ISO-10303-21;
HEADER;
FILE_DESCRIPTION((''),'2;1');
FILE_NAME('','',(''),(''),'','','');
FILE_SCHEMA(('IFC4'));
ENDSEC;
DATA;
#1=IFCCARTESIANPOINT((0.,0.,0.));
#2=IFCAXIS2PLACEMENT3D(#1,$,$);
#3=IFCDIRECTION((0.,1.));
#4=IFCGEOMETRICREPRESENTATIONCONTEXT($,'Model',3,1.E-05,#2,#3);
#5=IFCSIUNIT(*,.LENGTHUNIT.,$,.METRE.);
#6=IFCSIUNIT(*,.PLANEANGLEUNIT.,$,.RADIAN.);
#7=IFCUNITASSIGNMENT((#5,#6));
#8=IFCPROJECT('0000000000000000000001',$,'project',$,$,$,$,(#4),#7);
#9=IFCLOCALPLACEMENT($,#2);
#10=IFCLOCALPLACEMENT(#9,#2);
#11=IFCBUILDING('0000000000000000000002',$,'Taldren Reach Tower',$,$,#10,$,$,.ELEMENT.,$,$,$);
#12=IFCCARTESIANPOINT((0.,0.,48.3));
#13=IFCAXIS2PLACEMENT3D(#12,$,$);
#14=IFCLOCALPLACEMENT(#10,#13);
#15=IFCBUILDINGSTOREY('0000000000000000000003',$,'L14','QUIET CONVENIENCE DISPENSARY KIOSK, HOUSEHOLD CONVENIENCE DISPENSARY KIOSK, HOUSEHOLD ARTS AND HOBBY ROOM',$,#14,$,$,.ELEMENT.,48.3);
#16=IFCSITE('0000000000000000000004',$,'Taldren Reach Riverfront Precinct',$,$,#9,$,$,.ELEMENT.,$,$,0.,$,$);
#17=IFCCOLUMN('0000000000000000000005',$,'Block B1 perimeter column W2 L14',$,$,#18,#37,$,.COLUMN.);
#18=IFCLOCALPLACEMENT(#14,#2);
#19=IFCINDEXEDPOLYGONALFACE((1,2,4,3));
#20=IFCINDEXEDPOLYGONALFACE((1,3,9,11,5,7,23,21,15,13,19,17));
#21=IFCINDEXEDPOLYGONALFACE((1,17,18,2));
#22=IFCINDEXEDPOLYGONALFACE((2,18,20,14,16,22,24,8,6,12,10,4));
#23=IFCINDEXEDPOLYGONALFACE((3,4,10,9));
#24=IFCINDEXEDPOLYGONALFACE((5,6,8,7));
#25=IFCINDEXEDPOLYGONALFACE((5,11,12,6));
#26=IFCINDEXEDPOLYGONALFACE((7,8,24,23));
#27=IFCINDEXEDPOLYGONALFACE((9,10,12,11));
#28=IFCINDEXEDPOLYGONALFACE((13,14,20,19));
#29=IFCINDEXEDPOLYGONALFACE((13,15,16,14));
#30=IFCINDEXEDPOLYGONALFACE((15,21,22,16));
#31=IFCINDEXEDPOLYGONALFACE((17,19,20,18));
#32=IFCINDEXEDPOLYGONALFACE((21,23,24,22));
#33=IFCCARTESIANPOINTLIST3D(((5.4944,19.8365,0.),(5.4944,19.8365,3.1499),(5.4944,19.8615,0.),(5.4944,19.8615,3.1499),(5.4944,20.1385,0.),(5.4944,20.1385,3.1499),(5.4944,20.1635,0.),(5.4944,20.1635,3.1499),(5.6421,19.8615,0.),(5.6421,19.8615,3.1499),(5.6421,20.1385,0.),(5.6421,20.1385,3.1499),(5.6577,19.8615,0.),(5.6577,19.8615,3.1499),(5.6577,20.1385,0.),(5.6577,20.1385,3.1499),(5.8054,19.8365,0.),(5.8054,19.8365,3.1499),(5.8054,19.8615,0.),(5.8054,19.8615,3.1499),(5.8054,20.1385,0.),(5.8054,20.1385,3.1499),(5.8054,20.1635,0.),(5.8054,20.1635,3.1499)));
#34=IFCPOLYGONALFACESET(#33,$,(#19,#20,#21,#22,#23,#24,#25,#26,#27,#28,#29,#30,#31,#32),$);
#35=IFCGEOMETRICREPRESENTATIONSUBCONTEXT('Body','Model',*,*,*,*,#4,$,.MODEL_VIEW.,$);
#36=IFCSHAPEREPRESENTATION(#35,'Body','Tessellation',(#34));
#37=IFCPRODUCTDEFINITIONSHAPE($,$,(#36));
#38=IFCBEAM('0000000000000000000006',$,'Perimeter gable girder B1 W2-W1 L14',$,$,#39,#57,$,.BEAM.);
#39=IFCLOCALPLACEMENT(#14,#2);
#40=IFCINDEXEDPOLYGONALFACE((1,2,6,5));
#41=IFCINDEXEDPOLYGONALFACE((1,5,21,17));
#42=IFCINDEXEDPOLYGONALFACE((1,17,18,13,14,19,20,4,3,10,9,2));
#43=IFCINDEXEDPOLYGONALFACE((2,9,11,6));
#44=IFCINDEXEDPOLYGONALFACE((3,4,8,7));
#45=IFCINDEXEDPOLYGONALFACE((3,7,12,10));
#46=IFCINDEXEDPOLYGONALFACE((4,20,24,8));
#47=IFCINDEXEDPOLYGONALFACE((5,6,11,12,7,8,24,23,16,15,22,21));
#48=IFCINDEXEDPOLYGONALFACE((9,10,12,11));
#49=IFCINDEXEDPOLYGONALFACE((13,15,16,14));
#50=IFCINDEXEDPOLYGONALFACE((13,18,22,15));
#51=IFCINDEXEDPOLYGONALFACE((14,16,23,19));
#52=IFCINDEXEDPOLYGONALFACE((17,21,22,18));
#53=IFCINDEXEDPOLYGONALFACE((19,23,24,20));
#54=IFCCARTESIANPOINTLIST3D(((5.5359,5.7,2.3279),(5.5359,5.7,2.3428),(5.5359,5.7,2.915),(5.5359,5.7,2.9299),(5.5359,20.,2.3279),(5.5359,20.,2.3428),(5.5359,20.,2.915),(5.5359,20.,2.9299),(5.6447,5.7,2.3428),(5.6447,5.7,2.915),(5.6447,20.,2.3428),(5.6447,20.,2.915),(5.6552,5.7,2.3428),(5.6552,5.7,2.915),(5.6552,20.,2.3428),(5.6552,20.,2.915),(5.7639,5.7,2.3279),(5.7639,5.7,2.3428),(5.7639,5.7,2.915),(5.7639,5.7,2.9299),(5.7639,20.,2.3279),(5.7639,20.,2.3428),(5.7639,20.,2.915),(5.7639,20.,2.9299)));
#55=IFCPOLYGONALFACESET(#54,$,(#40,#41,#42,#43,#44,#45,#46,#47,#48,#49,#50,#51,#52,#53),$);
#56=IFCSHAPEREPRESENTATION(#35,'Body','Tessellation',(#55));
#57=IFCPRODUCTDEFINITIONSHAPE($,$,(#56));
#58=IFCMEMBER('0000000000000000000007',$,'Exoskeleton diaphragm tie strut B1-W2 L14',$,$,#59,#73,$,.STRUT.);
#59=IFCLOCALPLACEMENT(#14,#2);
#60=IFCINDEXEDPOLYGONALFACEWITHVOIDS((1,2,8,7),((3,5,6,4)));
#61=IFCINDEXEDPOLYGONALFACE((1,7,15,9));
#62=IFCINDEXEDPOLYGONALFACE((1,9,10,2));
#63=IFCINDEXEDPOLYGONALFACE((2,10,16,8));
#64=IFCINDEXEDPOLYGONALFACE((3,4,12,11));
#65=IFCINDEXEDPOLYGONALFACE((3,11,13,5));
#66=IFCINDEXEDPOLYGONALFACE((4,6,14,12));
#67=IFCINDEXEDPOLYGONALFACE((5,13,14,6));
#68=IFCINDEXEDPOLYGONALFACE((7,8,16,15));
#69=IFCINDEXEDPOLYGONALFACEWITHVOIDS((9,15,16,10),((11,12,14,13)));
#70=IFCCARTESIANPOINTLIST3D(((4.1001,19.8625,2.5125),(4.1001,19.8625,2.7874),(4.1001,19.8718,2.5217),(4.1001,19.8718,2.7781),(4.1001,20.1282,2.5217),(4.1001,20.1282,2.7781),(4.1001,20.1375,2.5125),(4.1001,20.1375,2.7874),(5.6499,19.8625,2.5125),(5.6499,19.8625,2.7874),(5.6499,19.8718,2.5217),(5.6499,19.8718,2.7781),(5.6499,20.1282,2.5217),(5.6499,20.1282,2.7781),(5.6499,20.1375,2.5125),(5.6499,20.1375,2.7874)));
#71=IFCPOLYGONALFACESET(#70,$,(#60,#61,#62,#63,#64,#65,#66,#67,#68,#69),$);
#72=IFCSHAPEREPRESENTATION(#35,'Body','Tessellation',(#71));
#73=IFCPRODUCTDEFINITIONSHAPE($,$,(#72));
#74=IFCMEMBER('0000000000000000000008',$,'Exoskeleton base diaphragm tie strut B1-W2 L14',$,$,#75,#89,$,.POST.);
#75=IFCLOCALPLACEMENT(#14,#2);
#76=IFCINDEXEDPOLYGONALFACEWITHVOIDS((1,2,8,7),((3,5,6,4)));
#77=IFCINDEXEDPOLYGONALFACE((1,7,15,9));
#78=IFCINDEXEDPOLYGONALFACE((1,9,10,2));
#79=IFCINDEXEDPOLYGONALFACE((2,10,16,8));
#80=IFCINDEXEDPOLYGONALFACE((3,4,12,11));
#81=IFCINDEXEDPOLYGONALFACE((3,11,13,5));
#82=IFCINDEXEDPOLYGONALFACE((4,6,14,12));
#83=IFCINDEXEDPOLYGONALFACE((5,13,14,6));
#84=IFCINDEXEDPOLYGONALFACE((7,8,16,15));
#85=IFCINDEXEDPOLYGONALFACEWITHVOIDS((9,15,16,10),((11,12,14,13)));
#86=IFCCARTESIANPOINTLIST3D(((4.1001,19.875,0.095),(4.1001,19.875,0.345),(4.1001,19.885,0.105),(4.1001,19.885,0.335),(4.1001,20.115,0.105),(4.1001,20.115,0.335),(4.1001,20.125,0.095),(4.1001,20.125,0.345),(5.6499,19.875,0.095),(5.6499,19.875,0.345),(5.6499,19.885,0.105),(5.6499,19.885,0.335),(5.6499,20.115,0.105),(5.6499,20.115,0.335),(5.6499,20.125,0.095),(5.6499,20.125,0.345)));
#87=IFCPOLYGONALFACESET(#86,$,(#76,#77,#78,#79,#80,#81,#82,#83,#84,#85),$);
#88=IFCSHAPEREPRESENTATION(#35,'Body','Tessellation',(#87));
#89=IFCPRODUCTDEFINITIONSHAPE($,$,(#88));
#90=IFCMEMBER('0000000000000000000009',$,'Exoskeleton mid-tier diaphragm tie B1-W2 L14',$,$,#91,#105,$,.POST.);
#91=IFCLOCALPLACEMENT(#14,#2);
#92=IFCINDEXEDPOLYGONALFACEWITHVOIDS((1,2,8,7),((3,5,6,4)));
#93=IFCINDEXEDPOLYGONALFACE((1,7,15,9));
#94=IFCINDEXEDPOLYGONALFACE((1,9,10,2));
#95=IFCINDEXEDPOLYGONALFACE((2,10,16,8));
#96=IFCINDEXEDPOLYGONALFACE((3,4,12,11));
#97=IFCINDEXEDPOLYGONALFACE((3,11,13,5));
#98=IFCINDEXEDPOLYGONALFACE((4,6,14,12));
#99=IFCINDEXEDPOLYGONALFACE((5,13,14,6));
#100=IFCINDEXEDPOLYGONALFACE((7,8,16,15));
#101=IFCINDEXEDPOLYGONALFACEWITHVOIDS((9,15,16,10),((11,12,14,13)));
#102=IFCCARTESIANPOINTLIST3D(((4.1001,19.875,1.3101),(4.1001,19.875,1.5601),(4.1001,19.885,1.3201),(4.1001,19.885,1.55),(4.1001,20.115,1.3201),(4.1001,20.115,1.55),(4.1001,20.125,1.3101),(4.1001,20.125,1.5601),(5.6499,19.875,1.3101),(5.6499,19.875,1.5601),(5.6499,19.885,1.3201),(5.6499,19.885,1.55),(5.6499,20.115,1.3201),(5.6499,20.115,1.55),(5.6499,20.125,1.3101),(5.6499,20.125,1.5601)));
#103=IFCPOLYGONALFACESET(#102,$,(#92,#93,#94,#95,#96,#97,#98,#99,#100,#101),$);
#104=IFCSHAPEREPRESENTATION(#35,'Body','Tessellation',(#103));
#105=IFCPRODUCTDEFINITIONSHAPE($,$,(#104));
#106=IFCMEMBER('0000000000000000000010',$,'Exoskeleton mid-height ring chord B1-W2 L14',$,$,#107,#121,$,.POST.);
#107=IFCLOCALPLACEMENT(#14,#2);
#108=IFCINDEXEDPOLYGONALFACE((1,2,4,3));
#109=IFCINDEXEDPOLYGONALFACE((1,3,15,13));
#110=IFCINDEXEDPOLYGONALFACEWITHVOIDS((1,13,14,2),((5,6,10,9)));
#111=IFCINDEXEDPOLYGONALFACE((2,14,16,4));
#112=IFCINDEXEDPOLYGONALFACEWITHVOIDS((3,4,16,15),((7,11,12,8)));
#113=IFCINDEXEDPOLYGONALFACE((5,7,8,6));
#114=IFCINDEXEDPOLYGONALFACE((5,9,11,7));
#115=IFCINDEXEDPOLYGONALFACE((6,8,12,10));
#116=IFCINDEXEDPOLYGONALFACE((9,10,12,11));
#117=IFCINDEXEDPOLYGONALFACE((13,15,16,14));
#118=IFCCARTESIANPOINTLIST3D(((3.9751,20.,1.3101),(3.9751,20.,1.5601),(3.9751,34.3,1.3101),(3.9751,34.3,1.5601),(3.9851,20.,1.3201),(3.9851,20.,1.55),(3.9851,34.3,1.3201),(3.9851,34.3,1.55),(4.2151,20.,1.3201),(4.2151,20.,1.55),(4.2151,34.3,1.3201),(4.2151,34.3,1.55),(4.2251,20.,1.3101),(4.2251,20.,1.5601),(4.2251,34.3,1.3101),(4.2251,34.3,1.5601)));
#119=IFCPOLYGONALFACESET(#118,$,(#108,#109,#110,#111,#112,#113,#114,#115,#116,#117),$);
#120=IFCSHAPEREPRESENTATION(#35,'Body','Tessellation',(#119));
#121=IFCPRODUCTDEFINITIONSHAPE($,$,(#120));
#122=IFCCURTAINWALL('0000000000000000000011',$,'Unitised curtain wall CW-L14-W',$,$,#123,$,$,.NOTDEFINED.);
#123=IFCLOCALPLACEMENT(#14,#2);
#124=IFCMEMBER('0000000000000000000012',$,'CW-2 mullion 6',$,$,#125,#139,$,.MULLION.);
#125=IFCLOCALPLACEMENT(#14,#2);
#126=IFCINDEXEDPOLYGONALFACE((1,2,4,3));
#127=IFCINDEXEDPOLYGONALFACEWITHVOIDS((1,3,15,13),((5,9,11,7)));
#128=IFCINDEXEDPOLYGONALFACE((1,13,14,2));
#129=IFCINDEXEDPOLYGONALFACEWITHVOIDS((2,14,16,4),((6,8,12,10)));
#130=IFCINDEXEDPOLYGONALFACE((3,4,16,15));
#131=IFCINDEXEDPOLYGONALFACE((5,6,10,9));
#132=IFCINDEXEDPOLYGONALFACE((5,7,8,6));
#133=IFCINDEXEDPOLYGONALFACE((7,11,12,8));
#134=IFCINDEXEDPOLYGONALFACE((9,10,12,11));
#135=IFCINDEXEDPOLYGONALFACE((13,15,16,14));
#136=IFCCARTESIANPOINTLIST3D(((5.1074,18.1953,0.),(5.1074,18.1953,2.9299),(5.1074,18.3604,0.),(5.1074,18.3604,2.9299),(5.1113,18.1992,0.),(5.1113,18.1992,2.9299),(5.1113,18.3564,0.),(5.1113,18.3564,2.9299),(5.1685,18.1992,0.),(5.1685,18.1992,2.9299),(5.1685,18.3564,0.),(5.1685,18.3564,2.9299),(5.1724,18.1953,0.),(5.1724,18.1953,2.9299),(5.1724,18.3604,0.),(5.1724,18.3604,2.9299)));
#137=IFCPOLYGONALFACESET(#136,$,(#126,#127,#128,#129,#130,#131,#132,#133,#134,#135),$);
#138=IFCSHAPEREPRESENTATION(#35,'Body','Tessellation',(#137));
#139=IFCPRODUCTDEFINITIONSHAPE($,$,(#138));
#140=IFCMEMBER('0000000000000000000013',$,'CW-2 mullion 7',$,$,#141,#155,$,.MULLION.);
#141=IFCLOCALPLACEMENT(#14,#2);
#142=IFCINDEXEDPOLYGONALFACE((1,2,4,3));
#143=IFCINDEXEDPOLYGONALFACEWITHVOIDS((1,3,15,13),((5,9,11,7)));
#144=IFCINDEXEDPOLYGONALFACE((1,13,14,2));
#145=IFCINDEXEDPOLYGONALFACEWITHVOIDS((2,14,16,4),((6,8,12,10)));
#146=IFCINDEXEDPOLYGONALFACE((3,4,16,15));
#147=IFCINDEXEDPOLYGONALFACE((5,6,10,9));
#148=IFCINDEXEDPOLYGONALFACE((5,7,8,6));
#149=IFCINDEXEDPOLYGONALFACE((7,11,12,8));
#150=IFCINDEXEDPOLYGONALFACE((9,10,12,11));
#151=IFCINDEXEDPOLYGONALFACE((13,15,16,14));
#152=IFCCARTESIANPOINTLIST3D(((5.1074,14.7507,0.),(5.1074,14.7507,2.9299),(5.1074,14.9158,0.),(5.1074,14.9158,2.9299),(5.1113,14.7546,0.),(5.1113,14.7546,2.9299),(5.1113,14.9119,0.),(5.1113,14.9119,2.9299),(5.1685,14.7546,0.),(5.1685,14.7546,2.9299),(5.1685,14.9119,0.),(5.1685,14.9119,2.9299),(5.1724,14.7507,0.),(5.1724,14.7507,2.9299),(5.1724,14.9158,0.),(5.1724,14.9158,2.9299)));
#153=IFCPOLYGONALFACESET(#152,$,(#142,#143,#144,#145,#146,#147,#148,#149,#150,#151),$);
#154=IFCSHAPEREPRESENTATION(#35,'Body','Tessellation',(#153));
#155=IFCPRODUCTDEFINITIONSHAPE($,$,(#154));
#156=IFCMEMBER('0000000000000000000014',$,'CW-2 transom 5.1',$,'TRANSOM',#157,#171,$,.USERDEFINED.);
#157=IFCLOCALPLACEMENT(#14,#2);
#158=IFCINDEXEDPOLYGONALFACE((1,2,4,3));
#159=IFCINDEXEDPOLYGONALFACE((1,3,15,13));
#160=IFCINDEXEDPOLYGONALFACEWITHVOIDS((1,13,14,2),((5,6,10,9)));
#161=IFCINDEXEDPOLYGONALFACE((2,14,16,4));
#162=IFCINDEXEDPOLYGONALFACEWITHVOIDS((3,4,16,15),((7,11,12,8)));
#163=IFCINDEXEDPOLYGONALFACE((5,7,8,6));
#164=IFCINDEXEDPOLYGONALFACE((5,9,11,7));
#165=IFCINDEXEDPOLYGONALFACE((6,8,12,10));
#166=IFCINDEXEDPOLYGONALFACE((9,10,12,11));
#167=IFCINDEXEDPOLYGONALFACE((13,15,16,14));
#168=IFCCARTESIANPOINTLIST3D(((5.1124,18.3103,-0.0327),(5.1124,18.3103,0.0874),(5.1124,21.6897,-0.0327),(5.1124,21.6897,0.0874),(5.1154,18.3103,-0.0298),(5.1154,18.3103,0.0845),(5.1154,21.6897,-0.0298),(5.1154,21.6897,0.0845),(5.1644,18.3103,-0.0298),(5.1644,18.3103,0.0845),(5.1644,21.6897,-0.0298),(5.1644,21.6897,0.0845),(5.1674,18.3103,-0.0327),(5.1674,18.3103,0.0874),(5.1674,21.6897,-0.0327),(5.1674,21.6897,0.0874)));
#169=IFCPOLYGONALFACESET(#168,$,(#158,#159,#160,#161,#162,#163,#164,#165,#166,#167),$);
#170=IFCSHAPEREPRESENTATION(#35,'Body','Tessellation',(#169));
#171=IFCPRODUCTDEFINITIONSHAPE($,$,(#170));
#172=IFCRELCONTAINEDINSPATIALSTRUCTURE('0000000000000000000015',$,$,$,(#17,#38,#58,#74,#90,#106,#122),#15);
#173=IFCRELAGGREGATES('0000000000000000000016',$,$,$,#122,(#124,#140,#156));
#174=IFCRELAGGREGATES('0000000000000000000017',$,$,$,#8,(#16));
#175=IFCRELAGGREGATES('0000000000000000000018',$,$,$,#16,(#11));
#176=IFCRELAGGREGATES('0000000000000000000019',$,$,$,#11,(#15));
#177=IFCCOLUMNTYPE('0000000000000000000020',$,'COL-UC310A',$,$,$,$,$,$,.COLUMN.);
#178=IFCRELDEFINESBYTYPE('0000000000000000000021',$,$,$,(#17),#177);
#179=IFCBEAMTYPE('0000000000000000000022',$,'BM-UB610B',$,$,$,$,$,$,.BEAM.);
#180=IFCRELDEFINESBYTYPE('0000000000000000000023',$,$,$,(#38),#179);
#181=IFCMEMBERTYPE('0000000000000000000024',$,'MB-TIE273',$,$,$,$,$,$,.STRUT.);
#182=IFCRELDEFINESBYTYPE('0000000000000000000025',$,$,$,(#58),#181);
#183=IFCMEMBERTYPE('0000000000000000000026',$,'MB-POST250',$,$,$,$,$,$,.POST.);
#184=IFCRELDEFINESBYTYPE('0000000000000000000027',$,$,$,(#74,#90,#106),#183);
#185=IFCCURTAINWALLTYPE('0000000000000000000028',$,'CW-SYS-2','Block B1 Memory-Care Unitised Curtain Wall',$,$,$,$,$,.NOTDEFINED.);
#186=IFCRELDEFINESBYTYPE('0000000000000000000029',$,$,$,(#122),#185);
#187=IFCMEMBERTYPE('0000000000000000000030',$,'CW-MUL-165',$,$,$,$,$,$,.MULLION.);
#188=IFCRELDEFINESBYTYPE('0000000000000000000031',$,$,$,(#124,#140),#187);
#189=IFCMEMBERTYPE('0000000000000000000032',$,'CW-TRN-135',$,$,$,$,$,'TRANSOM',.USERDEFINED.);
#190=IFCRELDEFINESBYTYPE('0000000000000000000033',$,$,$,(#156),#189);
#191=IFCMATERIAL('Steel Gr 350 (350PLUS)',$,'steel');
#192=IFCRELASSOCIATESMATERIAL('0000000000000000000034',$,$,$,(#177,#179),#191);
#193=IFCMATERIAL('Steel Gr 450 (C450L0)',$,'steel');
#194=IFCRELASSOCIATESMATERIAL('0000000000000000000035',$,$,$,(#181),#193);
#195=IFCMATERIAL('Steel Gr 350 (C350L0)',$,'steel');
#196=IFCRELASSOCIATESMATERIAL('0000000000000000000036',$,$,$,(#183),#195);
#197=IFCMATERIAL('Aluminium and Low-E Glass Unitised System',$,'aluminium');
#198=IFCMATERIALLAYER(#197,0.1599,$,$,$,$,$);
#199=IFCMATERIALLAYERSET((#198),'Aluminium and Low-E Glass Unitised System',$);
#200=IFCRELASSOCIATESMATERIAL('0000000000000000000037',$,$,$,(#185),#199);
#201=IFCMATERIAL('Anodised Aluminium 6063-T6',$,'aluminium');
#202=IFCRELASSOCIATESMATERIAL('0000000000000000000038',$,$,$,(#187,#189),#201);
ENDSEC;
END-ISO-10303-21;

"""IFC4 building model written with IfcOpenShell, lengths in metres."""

from ifc_helpers import new_model, si_unit, direction, frame, origin, origin_2d, place, context, subcontext, project, spatial, hollow_rectangle, i_section, extrude, source, transform, mapped, material, layer, layer_set, material_profile, profile_set, type_object, element, aggregate, save


model = new_model("IFC4")

# Units and contexts
model_context = context("Model", 3, precision=1e-05, world=origin(), true_north=direction((0.0, 1.0)))
body_context = subcontext(model_context, "Body", "Model", "MODEL_VIEW")
ifc_project = project(units=[si_unit("LENGTHUNIT", "METRE"), si_unit("PLANEANGLEUNIT", "RADIAN")], contexts=[model_context])

# Site, building, storey
site_placement = place(None, origin())
site = spatial("IfcSite", under=ifc_project, at=site_placement, Name="Taldren Reach Riverfront Precinct", CompositionType="ELEMENT", RefElevation=0.0)
building_placement = place(site_placement, origin())
building = spatial("IfcBuilding", under=site, at=building_placement, Name="Taldren Reach Tower", CompositionType="ELEMENT")
storey_placement = place(building_placement, frame((0.0, 0.0, 48.3)))
storey = spatial("IfcBuildingStorey", under=building, at=storey_placement, Name="L14", Description="QUIET CONVENIENCE DISPENSARY KIOSK, HOUSEHOLD CONVENIENCE DISPENSARY KIOSK, HOUSEHOLD ARTS AND HOBBY ROOM", CompositionType="ELEMENT", Elevation=48.3)

# Column
ifc_material_1 = material(Name="Steel Gr 350 (350PLUS)", Category="steel")
ifc_material_profile_1 = material_profile(ifc_material_1, i_section(OverallWidth=0.311, OverallDepth=0.3269, WebThickness=0.0156, FlangeThickness=0.0249, at=origin_2d()), Name="310UC158")
ifc_profile_set_1 = profile_set([ifc_material_profile_1], Name="Steel Gr 350 (350PLUS)")
column_type = type_object("IfcColumnType", Name="COL-UC310A", PredefinedType="COLUMN", material=ifc_profile_set_1)
shared_shape_1 = source(origin(), body_context, "Body", "SweptSolid", [
    extrude(i_section(OverallWidth=0.311, OverallDepth=0.3269, WebThickness=0.0156, FlangeThickness=0.0249, at=origin_2d()), origin(), (0.0, 0.0, 1.0), 3.1499),
])
column_placement = place(storey_placement, frame((5.6499, 20.0, 0.0), z_axis=(0.0, 0.0, 1.0), x_axis=(1.0, 0.0, 0.0)))
element("IfcColumn", 1, at=column_placement, inside=storey, type_object=column_type, Name="Block B1 perimeter column W2 L14", PredefinedType="COLUMN", context=body_context, shape_type="MappedRepresentation", body=[
    mapped(shared_shape_1, transform((0.0, 0.0, 0.0), scale=1.0)),
])

# Beam
ifc_material_profile_2 = material_profile(ifc_material_1, i_section(OverallWidth=0.228, OverallDepth=0.6021, WebThickness=0.0105, FlangeThickness=0.0149, at=origin_2d()), Name="610UB101")
ifc_profile_set_2 = profile_set([ifc_material_profile_2], Name="Steel Gr 350 (350PLUS)")
beam_type = type_object("IfcBeamType", Name="BM-UB610B", PredefinedType="BEAM", material=ifc_profile_set_2)
shared_shape_2 = source(origin(), body_context, "Body", "SweptSolid", [
    extrude(i_section(OverallWidth=0.228, OverallDepth=0.6021, WebThickness=0.0105, FlangeThickness=0.0149, at=origin_2d()), origin(), (0.0, 0.0, 1.0), 14.3),
])
beam_placement = place(storey_placement, frame((5.6499, 20.0, 2.6289), z_axis=(0.0, -1.0, 0.0), x_axis=(1.0, 0.0, 0.0)))
element("IfcBeam", 2, at=beam_placement, inside=storey, type_object=beam_type, Name="Perimeter gable girder B1 W2-W1 L14", PredefinedType="BEAM", context=body_context, shape_type="MappedRepresentation", body=[
    mapped(shared_shape_2, transform((0.0, 0.0, 0.0), scale=1.0)),
])

# Members
ifc_material_2 = material(Name="Steel Gr 450 (C450L0)", Category="steel")
ifc_material_profile_3 = material_profile(ifc_material_2, hollow_rectangle(XDim=0.2749, YDim=0.2749, WallThickness=0.0093, at=origin_2d()), Name="275x275x9.3SHS")
ifc_profile_set_3 = profile_set([ifc_material_profile_3], Name="Steel Gr 450 (C450L0)")
member_type_1 = type_object("IfcMemberType", Name="MB-TIE273", PredefinedType="STRUT", material=ifc_profile_set_3)
shared_shape_3 = source(origin(), body_context, "Body", "SweptSolid", [
    extrude(hollow_rectangle(XDim=0.2749, YDim=0.2749, WallThickness=0.0093, at=origin_2d()), origin(), (0.0, 0.0, 1.0), 1.5498),
])
member_1_placement = place(storey_placement, frame((5.6499, 20.0, 2.6499), z_axis=(-1.0, 0.0, 0.0), x_axis=(0.0, -1.0, 0.0)))
element("IfcMember", 3, at=member_1_placement, inside=storey, type_object=member_type_1, Name="Exoskeleton diaphragm tie strut B1-W2 L14", PredefinedType="STRUT", context=body_context, shape_type="MappedRepresentation", body=[
    mapped(shared_shape_3, transform((0.0, 0.0, 0.0), scale=1.0)),
])
ifc_material_3 = material(Name="Steel Gr 350 (C350L0)", Category="steel")
ifc_material_profile_4 = material_profile(ifc_material_3, hollow_rectangle(XDim=0.25, YDim=0.25, WallThickness=0.01, at=origin_2d()), Name="250x250x10.0SHS")
ifc_profile_set_4 = profile_set([ifc_material_profile_4], Name="Steel Gr 350 (C350L0)")
member_type_2 = type_object("IfcMemberType", Name="MB-POST250", PredefinedType="POST", material=ifc_profile_set_4)
shared_shape_4 = source(origin(), body_context, "Body", "SweptSolid", [
    extrude(hollow_rectangle(XDim=0.25, YDim=0.25, WallThickness=0.01, at=origin_2d()), origin(), (0.0, 0.0, 1.0), 1.5498),
])
for number, where, z_axis, x_axis, name in (
    (4, (5.6499, 20.0, 0.22), (-1.0, 0.0, 0.0), (0.0, -1.0, 0.0), "Exoskeleton base diaphragm tie strut B1-W2 L14"),
    (5, (5.6499, 20.0, 1.4351), (-1.0, 0.0, 0.0), (0.0, -1.0, 0.0), "Exoskeleton mid-tier diaphragm tie B1-W2 L14"),
):
    element("IfcMember", number, at=place(storey_placement, frame(where, z_axis=z_axis, x_axis=x_axis)), inside=storey, type_object=member_type_2, Name=name, PredefinedType="POST", context=body_context, shape_type="MappedRepresentation", body=[
        mapped(shared_shape_4, transform((0.0, 0.0, 0.0), scale=1.0)),
    ])
shared_shape_5 = source(origin(), body_context, "Body", "SweptSolid", [
    extrude(hollow_rectangle(XDim=0.25, YDim=0.25, WallThickness=0.01, at=origin_2d()), origin(), (0.0, 0.0, 1.0), 14.3),
])
member_2_placement = place(storey_placement, frame((4.1001, 20.0, 1.4351), z_axis=(0.0, 1.0, 0.0), x_axis=(-1.0, 0.0, 0.0)))
element("IfcMember", 6, at=member_2_placement, inside=storey, type_object=member_type_2, Name="Exoskeleton mid-height ring chord B1-W2 L14", PredefinedType="POST", context=body_context, shape_type="MappedRepresentation", body=[
    mapped(shared_shape_5, transform((0.0, 0.0, 0.0), scale=1.0)),
])

# Curtain wall, members
ifc_material_4 = material(Name="Aluminium and Low-E Glass Unitised System", Category="aluminium")
ifc_layer_1 = layer(ifc_material_4, 0.1599)
ifc_layer_set_1 = layer_set([ifc_layer_1], Name="Aluminium and Low-E Glass Unitised System")
curtain_wall_type = type_object("IfcCurtainWallType", Name="CW-SYS-2", Description="Block B1 Memory-Care Unitised Curtain Wall", PredefinedType="NOTDEFINED", material=ifc_layer_set_1)
curtain_wall_placement = place(storey_placement, origin())
curtain_wall = element("IfcCurtainWall", 7, at=curtain_wall_placement, inside=storey, type_object=curtain_wall_type, Name="Unitised curtain wall CW-L14-W", PredefinedType="NOTDEFINED")
ifc_material_5 = material(Name="Anodised Aluminium 6063-T6", Category="aluminium")
ifc_material_profile_5 = material_profile(ifc_material_5, hollow_rectangle(XDim=0.0649, YDim=0.165, WallThickness=0.0039, at=origin_2d()), Name="ALU-165x65x4RHS")
ifc_profile_set_5 = profile_set([ifc_material_profile_5], Name="Anodised Aluminium 6063-T6")
member_type_3 = type_object("IfcMemberType", Name="CW-MUL-165", PredefinedType="MULLION", material=ifc_profile_set_5)
shared_shape_6 = source(origin(), body_context, "Body", "SweptSolid", [
    extrude(hollow_rectangle(XDim=0.0649, YDim=0.165, WallThickness=0.0039, at=origin_2d()), origin(), (0.0, 0.0, 1.0), 2.9299),
])
member_3_placement = place(storey_placement, frame((5.1399, 18.2778, 0.0), z_axis=(0.0, 0.0, 1.0), x_axis=(1.0, 0.0, 0.0)))
member_3 = element("IfcMember", 8, at=member_3_placement, type_object=member_type_3, Name="CW-2 mullion 6", PredefinedType="MULLION", context=body_context, shape_type="MappedRepresentation", body=[
    mapped(shared_shape_6, transform((0.0, 0.0, 0.0), scale=1.0)),
])
member_4_placement = place(storey_placement, frame((5.1399, 14.8333, 0.0), z_axis=(0.0, 0.0, 1.0), x_axis=(1.0, 0.0, 0.0)))
member_4 = element("IfcMember", 9, at=member_4_placement, type_object=member_type_3, Name="CW-2 mullion 7", PredefinedType="MULLION", context=body_context, shape_type="MappedRepresentation", body=[
    mapped(shared_shape_6, transform((0.0, 0.0, 0.0), scale=1.0)),
])
ifc_material_profile_6 = material_profile(ifc_material_5, hollow_rectangle(XDim=0.0549, YDim=0.1201, WallThickness=0.0029, at=origin_2d()), Name="ALU-120x55x3RHS")
ifc_profile_set_6 = profile_set([ifc_material_profile_6], Name="Anodised Aluminium 6063-T6")
member_type_4 = type_object("IfcMemberType", Name="CW-TRN-135", ElementType="TRANSOM", PredefinedType="USERDEFINED", material=ifc_profile_set_6)
shared_shape_7 = source(origin(), body_context, "Body", "SweptSolid", [
    extrude(hollow_rectangle(XDim=0.0549, YDim=0.1201, WallThickness=0.0029, at=origin_2d()), origin(), (0.0, 0.0, 1.0), 3.3794),
])
member_5_placement = place(storey_placement, frame((5.1399, 21.6897, 0.0273), z_axis=(0.0, -1.0, 0.0), x_axis=(1.0, 0.0, 0.0)))
member_5 = element("IfcMember", 10, at=member_5_placement, type_object=member_type_4, Name="CW-2 transom 5.1", ObjectType="TRANSOM", PredefinedType="USERDEFINED", context=body_context, shape_type="MappedRepresentation", body=[
    mapped(shared_shape_7, transform((0.0, 0.0, 0.0), scale=1.0)),
])

aggregate(curtain_wall, [member_3, member_4, member_5])

save(model, "model.ifc")
